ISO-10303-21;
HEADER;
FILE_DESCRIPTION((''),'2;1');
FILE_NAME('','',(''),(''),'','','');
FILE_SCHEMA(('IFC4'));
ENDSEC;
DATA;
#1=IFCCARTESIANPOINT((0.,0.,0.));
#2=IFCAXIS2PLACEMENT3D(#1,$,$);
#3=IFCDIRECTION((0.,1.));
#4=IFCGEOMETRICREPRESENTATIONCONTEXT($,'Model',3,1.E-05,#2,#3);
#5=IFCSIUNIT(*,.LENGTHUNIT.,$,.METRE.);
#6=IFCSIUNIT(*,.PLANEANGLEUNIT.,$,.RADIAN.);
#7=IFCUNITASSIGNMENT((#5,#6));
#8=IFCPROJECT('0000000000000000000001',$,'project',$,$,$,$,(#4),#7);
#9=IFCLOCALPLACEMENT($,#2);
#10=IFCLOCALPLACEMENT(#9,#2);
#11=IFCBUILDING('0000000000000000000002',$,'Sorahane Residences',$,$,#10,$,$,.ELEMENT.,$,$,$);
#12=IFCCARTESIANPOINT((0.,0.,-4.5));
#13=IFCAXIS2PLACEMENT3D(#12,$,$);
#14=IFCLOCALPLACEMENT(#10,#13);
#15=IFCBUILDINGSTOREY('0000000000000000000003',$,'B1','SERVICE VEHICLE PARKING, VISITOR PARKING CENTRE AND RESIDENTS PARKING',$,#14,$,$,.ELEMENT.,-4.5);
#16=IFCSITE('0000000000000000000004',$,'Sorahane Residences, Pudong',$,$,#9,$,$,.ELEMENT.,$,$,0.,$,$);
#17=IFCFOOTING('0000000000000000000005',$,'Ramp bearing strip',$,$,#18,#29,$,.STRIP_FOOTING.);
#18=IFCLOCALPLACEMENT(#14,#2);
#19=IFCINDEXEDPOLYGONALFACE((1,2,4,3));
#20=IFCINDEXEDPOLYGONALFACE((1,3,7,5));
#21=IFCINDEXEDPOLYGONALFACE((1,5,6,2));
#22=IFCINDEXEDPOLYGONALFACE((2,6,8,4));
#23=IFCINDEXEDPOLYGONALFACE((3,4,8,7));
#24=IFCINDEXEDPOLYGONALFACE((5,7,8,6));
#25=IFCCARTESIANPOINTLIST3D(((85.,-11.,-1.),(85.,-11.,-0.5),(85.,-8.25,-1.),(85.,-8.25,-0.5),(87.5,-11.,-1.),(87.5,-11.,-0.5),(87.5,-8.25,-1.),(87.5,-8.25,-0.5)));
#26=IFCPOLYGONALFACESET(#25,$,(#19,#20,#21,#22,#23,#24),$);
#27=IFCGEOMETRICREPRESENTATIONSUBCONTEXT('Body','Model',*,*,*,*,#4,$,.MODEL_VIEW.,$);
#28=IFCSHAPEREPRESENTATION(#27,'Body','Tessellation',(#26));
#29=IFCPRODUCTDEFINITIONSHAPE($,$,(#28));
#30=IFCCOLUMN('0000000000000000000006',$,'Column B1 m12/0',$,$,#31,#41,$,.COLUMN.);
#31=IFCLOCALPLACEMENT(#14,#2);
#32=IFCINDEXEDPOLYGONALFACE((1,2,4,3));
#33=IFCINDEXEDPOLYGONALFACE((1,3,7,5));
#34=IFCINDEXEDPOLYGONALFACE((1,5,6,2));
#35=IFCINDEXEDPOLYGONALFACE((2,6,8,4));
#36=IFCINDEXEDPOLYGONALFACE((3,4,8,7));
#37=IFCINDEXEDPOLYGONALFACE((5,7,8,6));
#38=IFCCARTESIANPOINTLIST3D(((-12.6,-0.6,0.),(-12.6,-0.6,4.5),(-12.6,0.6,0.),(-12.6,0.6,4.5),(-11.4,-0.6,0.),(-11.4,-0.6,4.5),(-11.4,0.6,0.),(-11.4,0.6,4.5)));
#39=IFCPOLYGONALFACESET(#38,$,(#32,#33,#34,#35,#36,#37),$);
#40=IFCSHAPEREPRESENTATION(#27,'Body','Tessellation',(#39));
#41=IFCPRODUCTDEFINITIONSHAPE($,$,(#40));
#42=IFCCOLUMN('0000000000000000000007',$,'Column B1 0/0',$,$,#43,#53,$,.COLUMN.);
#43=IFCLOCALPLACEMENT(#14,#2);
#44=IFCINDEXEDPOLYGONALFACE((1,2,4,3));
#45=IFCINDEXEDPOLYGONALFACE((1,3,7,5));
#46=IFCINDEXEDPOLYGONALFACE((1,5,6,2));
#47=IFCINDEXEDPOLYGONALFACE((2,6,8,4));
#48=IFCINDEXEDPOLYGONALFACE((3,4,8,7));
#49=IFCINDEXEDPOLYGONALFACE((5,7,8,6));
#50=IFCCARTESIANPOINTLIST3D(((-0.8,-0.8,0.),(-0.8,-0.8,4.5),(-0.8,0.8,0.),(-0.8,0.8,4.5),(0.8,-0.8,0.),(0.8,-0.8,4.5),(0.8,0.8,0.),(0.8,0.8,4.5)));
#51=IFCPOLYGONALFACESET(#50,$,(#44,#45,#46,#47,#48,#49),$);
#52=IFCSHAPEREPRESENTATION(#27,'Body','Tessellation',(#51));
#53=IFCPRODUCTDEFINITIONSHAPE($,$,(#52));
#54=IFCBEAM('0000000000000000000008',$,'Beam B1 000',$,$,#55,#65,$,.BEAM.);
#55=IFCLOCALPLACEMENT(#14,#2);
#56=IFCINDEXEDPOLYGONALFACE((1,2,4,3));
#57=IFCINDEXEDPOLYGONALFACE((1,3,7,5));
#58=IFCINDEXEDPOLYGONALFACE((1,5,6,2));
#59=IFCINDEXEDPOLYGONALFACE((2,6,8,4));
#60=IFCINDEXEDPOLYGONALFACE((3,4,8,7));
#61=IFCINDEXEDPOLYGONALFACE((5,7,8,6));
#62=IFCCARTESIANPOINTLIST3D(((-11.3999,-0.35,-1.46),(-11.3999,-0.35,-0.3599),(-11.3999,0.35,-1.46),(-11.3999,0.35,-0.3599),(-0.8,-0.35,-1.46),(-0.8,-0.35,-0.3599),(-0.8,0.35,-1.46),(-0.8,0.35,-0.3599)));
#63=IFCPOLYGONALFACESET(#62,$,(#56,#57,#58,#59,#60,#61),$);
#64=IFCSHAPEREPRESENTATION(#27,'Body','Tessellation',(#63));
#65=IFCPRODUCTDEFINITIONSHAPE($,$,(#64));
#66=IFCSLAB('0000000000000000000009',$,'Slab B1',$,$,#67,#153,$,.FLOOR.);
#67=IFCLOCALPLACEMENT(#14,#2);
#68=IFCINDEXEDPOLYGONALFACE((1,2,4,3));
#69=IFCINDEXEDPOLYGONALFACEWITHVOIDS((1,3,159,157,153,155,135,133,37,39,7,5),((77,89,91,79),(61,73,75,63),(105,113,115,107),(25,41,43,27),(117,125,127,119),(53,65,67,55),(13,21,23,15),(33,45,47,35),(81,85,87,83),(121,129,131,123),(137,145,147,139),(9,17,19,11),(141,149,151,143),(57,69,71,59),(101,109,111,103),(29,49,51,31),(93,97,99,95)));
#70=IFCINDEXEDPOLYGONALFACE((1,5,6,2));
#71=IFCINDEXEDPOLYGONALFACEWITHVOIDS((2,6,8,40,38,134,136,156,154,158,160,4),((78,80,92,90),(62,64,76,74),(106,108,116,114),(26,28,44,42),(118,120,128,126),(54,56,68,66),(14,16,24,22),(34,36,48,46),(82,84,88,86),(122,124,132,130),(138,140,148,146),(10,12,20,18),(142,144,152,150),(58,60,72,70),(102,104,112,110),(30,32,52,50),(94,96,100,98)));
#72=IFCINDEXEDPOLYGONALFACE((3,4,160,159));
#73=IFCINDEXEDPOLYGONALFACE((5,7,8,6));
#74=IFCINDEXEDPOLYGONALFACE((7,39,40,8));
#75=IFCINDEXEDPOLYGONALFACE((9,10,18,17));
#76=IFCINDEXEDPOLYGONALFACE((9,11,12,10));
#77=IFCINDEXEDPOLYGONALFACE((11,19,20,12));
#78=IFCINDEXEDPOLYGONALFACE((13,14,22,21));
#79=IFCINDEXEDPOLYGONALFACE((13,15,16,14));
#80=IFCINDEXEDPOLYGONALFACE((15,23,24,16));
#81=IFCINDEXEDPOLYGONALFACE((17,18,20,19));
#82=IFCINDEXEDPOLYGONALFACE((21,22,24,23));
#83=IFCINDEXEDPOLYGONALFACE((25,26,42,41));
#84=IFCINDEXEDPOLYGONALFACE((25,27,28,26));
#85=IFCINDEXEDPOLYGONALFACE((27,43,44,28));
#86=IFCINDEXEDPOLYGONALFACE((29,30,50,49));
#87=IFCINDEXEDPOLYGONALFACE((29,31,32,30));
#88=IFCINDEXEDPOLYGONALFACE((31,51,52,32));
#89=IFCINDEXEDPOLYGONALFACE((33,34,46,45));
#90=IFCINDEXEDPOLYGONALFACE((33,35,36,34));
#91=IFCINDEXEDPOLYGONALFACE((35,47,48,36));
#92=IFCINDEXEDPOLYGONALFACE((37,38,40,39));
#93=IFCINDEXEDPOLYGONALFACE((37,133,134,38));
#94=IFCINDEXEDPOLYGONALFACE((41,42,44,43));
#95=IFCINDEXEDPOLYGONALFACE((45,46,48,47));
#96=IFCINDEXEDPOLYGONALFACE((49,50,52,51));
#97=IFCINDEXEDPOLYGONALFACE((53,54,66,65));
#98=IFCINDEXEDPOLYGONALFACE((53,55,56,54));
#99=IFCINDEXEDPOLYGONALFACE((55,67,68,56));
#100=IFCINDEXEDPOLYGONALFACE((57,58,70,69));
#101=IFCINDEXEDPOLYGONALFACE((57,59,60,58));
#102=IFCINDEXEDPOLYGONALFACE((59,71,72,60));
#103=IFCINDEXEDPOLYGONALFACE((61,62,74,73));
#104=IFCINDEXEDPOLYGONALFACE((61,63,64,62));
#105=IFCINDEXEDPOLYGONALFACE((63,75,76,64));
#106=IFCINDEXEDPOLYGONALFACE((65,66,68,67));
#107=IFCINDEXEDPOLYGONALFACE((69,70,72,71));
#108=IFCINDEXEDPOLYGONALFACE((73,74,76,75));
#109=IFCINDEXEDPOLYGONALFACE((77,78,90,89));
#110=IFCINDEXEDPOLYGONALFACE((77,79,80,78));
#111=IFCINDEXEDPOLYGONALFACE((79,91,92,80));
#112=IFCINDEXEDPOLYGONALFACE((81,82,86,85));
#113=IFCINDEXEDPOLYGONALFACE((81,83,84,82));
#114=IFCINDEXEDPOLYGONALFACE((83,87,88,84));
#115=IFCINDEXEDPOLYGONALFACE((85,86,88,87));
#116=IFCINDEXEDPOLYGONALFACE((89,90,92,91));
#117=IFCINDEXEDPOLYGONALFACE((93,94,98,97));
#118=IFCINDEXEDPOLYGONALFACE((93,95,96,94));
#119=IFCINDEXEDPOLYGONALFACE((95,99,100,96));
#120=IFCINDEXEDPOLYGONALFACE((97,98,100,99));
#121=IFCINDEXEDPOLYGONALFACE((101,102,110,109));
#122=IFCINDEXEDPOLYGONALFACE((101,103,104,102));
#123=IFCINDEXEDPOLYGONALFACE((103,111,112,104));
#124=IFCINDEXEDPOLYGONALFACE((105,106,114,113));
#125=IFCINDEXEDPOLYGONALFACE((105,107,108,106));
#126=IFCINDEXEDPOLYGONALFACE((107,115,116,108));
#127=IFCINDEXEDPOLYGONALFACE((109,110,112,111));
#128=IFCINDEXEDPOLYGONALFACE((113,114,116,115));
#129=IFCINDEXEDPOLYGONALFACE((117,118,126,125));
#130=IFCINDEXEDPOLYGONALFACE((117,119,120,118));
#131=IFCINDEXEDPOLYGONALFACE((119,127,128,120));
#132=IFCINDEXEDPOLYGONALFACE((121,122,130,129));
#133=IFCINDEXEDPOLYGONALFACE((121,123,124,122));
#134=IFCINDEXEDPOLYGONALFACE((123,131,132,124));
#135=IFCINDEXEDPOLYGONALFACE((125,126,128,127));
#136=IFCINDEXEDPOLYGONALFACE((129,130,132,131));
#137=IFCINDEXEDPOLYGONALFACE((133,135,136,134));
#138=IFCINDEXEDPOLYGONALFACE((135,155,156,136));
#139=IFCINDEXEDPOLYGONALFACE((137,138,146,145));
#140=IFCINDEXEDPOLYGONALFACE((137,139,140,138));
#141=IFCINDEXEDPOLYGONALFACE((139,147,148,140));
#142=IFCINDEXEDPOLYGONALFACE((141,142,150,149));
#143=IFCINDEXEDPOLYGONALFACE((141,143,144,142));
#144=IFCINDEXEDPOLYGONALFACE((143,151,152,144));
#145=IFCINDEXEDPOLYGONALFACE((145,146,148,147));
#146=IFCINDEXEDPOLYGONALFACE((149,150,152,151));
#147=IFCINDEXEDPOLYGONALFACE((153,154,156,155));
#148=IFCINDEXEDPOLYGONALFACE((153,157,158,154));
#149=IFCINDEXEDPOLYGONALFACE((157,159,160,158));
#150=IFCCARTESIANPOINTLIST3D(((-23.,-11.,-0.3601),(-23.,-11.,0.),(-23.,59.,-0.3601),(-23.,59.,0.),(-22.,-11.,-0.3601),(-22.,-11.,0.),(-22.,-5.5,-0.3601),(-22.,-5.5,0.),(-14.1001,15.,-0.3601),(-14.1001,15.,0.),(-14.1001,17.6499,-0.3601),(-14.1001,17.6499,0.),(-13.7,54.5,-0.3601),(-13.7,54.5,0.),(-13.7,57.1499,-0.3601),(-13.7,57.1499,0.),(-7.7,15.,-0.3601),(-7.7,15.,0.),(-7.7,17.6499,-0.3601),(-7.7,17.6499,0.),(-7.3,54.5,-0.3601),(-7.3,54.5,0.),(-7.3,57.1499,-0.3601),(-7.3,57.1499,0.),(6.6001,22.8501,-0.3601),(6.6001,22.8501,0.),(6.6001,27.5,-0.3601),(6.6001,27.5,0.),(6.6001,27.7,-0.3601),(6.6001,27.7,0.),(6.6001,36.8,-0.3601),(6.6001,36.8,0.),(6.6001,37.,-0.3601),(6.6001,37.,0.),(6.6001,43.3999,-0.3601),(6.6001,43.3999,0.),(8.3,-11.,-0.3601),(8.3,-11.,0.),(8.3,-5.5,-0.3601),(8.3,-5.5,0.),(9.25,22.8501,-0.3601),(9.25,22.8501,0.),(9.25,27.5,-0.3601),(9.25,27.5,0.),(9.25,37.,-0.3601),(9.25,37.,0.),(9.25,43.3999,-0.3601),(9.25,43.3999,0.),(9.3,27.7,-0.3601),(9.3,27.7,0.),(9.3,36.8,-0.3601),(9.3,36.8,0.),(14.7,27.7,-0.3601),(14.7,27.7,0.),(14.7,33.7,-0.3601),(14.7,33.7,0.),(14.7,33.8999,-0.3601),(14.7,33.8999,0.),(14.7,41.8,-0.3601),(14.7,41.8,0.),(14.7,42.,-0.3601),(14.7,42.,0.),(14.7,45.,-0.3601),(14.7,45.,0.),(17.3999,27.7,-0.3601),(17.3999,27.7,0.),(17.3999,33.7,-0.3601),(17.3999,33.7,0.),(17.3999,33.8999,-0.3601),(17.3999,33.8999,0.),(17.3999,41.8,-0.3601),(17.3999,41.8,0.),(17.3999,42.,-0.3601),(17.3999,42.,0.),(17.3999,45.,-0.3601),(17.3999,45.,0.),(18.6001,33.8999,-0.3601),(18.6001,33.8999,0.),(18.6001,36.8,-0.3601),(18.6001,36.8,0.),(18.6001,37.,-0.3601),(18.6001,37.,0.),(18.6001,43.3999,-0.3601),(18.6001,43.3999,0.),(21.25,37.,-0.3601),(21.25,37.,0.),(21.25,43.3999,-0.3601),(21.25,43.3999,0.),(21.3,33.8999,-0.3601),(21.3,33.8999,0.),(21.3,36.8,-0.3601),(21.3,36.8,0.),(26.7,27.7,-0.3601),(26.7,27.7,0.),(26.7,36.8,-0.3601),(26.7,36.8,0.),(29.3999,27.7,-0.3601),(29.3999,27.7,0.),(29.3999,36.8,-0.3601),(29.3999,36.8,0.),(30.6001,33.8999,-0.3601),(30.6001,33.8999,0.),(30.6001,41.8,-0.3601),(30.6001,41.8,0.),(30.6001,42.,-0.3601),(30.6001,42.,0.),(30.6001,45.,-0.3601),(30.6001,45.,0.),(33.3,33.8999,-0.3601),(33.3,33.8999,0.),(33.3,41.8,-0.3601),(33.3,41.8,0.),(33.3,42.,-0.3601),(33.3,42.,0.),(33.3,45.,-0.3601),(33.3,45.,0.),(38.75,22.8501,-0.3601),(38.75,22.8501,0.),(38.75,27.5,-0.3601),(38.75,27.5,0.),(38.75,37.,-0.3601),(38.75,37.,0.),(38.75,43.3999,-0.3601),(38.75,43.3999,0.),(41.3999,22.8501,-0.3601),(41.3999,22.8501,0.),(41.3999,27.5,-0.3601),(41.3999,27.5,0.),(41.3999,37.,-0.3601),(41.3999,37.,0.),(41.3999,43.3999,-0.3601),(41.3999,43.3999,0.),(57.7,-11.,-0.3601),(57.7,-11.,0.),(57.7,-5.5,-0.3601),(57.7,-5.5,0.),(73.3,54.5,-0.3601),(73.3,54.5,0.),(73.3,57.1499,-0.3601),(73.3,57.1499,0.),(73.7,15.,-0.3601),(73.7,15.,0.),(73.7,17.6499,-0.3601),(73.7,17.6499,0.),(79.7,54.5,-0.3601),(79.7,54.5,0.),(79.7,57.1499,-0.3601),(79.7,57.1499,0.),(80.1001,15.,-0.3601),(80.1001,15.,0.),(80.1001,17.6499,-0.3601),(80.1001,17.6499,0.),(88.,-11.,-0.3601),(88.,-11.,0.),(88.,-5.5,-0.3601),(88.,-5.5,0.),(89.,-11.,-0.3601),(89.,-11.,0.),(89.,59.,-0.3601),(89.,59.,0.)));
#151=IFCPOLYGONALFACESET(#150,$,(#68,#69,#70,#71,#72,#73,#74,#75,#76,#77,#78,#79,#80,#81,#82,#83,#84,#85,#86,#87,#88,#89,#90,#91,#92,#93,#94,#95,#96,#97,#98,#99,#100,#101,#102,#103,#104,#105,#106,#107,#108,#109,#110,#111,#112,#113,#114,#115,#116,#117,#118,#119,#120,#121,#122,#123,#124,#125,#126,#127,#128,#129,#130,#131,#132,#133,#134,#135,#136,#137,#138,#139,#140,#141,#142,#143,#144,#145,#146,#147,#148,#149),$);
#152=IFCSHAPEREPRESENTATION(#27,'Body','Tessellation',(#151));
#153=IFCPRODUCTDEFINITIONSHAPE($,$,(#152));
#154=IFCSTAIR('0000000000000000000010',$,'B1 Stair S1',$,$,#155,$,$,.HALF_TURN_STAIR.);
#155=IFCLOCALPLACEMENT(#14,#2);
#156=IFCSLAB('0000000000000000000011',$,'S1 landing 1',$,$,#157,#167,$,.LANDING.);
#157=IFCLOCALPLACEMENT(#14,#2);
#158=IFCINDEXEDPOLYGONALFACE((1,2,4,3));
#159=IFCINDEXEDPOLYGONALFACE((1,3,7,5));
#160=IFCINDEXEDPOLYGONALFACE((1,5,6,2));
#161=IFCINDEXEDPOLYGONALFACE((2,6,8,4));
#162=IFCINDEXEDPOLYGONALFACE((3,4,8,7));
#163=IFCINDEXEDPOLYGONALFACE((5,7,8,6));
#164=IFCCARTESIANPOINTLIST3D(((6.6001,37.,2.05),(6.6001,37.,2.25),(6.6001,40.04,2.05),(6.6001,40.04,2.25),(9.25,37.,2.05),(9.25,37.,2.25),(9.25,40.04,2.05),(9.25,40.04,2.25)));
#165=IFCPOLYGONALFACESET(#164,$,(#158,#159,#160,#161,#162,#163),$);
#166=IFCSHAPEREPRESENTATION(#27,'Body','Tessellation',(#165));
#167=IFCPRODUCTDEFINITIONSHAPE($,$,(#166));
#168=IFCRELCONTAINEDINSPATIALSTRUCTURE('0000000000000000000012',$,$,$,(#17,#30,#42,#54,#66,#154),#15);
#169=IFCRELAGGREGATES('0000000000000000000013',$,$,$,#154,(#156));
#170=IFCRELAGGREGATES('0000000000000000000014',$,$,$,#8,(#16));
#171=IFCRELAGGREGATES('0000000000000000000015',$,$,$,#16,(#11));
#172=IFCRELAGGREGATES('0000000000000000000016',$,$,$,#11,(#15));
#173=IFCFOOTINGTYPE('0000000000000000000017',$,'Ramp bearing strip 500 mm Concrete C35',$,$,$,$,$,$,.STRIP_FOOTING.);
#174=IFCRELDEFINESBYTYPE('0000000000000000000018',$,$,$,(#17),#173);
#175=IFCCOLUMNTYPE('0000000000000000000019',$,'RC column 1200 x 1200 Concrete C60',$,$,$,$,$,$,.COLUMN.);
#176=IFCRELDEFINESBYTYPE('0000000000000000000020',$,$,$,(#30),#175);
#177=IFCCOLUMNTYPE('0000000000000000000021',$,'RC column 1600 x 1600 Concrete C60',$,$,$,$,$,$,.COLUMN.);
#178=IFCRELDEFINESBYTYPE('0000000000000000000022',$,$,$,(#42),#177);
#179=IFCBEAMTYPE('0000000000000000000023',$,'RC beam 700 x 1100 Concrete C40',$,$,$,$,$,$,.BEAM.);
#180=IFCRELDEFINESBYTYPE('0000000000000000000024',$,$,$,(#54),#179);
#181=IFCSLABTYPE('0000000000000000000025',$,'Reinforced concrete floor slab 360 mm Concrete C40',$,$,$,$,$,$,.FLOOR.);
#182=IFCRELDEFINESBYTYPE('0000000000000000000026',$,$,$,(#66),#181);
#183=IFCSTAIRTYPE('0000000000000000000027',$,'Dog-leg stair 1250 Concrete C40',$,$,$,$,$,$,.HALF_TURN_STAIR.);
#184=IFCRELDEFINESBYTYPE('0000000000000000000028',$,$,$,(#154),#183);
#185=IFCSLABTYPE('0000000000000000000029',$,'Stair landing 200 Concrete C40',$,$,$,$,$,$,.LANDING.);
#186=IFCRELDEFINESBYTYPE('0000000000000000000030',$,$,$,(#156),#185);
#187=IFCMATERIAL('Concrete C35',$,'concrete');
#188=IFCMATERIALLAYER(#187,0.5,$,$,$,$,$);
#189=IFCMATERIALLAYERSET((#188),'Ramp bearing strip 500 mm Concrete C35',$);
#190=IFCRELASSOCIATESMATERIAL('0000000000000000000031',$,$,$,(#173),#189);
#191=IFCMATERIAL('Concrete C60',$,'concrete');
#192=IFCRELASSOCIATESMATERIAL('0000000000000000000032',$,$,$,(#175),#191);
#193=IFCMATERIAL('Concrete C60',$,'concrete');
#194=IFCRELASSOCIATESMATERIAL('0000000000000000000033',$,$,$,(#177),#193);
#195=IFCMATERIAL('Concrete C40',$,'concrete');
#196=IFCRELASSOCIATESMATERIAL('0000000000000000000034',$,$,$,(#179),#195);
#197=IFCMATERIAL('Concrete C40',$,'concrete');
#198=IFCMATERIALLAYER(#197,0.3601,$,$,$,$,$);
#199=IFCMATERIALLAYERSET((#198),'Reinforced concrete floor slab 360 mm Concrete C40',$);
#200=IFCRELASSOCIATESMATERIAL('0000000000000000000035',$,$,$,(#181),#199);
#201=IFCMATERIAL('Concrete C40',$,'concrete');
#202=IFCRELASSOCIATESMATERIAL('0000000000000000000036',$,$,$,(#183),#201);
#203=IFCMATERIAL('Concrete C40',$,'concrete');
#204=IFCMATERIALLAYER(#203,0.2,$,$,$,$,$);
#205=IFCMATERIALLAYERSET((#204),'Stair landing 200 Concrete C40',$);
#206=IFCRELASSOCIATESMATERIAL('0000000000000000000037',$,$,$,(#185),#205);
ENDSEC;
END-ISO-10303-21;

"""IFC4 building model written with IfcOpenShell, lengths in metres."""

from ifc_helpers import new_model, si_unit, direction, frame, origin, origin_with_axes, origin_2d, place, context, subcontext, project, spatial, polyline, rectangle, outline, extrude, material, layer, layer_set, material_profile, profile_set, type_object, element, aggregate, save


model = new_model("IFC4")

# Units and contexts
model_context = context("Model", 3, precision=1e-05, world=origin(), true_north=direction((0.0, 1.0)))
body_context = subcontext(model_context, "Body", "Model", "MODEL_VIEW")
ifc_project = project(units=[si_unit("LENGTHUNIT", "METRE"), si_unit("PLANEANGLEUNIT", "RADIAN")], contexts=[model_context])

# Site, building, storey
site_placement = place(None, origin())
site = spatial("IfcSite", under=ifc_project, at=site_placement, Name="Sorahane Residences, Pudong", CompositionType="ELEMENT", RefElevation=0.0)
building_placement = place(site_placement, origin())
building = spatial("IfcBuilding", under=site, at=building_placement, Name="Sorahane Residences", CompositionType="ELEMENT")
storey_placement = place(building_placement, frame((0.0, 0.0, -4.5)))
storey = spatial("IfcBuildingStorey", under=building, at=storey_placement, Name="B1", Description="SERVICE VEHICLE PARKING, VISITOR PARKING CENTRE AND RESIDENTS PARKING", CompositionType="ELEMENT", Elevation=-4.5)

# Footing
ifc_material_1 = material(Name="Concrete C35", Category="concrete")
ifc_layer_1 = layer(ifc_material_1, 0.5)
ifc_layer_set_1 = layer_set([ifc_layer_1], Name="Ramp bearing strip 500 mm Concrete C35")
footing_type = type_object("IfcFootingType", Name="Ramp bearing strip 500 mm Concrete C35", PredefinedType="STRIP_FOOTING", material=ifc_layer_set_1)
footing_placement = place(storey_placement, frame((0.0, 0.0, -1.0)))
element("IfcFooting", 1, at=footing_placement, inside=storey, type_object=footing_type, Name="Ramp bearing strip", PredefinedType="STRIP_FOOTING", context=body_context, shape_type="SweptSolid", body=[
    extrude(outline(polyline([(85.0, -11.0), (87.5, -11.0), (87.5, -8.25), (85.0, -8.25), (85.0, -11.0)])), origin(), (0.0, 0.0, 1.0), 0.5),
])

# Columns
ifc_material_2 = material(Name="Concrete C60", Category="concrete")
ifc_material_profile_1 = material_profile(ifc_material_2, rectangle(XDim=1.2, YDim=1.2, at=origin_2d()), Name="1200x1200")
ifc_profile_set_1 = profile_set([ifc_material_profile_1], Name="Concrete C60")
column_type_1 = type_object("IfcColumnType", Name="RC column 1200 x 1200 Concrete C60", PredefinedType="COLUMN", material=ifc_profile_set_1)
column_1_placement = place(storey_placement, frame((-12.0, 0.0, 0.0), z_axis=(0.0, 0.0, 1.0), x_axis=(1.0, 0.0, 0.0)))
element("IfcColumn", 2, at=column_1_placement, inside=storey, type_object=column_type_1, Name="Column B1 m12/0", PredefinedType="COLUMN", context=body_context, shape_type="SweptSolid", body=[
    extrude(rectangle(XDim=1.2, YDim=1.2, at=origin_2d()), origin(), (0.0, 0.0, 1.0), 4.5),
])
ifc_material_3 = material(Name="Concrete C60", Category="concrete")
ifc_material_profile_2 = material_profile(ifc_material_3, rectangle(XDim=1.6001, YDim=1.6001, at=origin_2d()), Name="1600x1600")
ifc_profile_set_2 = profile_set([ifc_material_profile_2], Name="Concrete C60")
column_type_2 = type_object("IfcColumnType", Name="RC column 1600 x 1600 Concrete C60", PredefinedType="COLUMN", material=ifc_profile_set_2)
column_2_placement = place(storey_placement, origin_with_axes())
element("IfcColumn", 3, at=column_2_placement, inside=storey, type_object=column_type_2, Name="Column B1 0/0", PredefinedType="COLUMN", context=body_context, shape_type="SweptSolid", body=[
    extrude(rectangle(XDim=1.6001, YDim=1.6001, at=origin_2d()), origin(), (0.0, 0.0, 1.0), 4.5),
])

# Beam
ifc_material_4 = material(Name="Concrete C40", Category="concrete")
ifc_material_profile_3 = material_profile(ifc_material_4, rectangle(XDim=0.7, YDim=1.1001, at=origin_2d()), Name="700x1100")
ifc_profile_set_3 = profile_set([ifc_material_profile_3], Name="Concrete C40")
beam_type = type_object("IfcBeamType", Name="RC beam 700 x 1100 Concrete C40", PredefinedType="BEAM", material=ifc_profile_set_3)
beam_placement = place(storey_placement, frame((-11.3999, 0.0, -0.9099), z_axis=(1.0, 0.0, 0.0), x_axis=(0.0, 1.0, 0.0)))
element("IfcBeam", 4, at=beam_placement, inside=storey, type_object=beam_type, Name="Beam B1 000", PredefinedType="BEAM", context=body_context, shape_type="SweptSolid", body=[
    extrude(rectangle(XDim=0.7, YDim=1.1001, at=origin_2d()), origin(), (0.0, 0.0, 1.0), 10.5999),
])

# Slab
ifc_material_5 = material(Name="Concrete C40", Category="concrete")
ifc_layer_2 = layer(ifc_material_5, 0.3601)
ifc_layer_set_2 = layer_set([ifc_layer_2], Name="Reinforced concrete floor slab 360 mm Concrete C40")
slab_type_1 = type_object("IfcSlabType", Name="Reinforced concrete floor slab 360 mm Concrete C40", PredefinedType="FLOOR", material=ifc_layer_set_2)
slab_1_placement = place(storey_placement, frame((0.0, 0.0, -0.3601)))
element("IfcSlab", 5, at=slab_1_placement, inside=storey, type_object=slab_type_1, Name="Slab B1", PredefinedType="FLOOR", context=body_context, shape_type="SweptSolid", body=[
    extrude(outline(polyline([(-23.0, -11.0), (-23.0, 59.0), (89.0, 59.0), (89.0, -11.0), (88.0, -11.0), (88.0, -5.5), (57.7, -5.5), (57.7, -11.0), (8.3, -11.0), (8.3, -5.5), (-22.0, -5.5), (-22.0, -11.0), (-23.0, -11.0)]), holes=[polyline([(30.6001, 42.0), (33.3, 42.0), (33.3, 45.0), (30.6001, 45.0), (30.6001, 42.0)]), polyline([(14.7, 27.7), (17.3999, 27.7), (17.3999, 33.7), (14.7, 33.7), (14.7, 27.7)]), polyline([(14.7, 42.0), (17.3999, 42.0), (17.3999, 45.0), (14.7, 45.0), (14.7, 42.0)]), polyline([(6.6001, 27.7), (9.3, 27.7), (9.3, 36.8), (6.6001, 36.8), (6.6001, 27.7)]), polyline([(6.6001, 43.3999), (6.6001, 37.0), (9.25, 37.0), (9.25, 43.3999), (6.6001, 43.3999)]), polyline([(38.75, 43.3999), (38.75, 37.0), (41.3999, 37.0), (41.3999, 43.3999), (38.75, 43.3999)]), polyline([(18.6001, 43.3999), (18.6001, 37.0), (21.25, 37.0), (21.25, 43.3999), (18.6001, 43.3999)]), polyline([(9.25, 22.8501), (9.25, 27.5), (6.6001, 27.5), (6.6001, 22.8501), (9.25, 22.8501)]), polyline([(41.3999, 22.8501), (41.3999, 27.5), (38.75, 27.5), (38.75, 22.8501), (41.3999, 22.8501)]), polyline([(14.7, 33.8999), (17.3999, 33.8999), (17.3999, 41.8), (14.7, 41.8), (14.7, 33.8999)]), polyline([(30.6001, 33.8999), (33.3, 33.8999), (33.3, 41.8), (30.6001, 41.8), (30.6001, 33.8999)]), polyline([(18.6001, 33.8999), (21.3, 33.8999), (21.3, 36.8), (18.6001, 36.8), (18.6001, 33.8999)]), polyline([(26.7, 27.7), (29.3999, 27.7), (29.3999, 36.8), (26.7, 36.8), (26.7, 27.7)]), polyline([(-13.7, 54.5), (-7.3, 54.5), (-7.3, 57.1499), (-13.7, 57.1499), (-13.7, 54.5)]), polyline([(79.7, 57.1499), (73.3, 57.1499), (73.3, 54.5), (79.7, 54.5), (79.7, 57.1499)]), polyline([(-14.1001, 15.0), (-7.7, 15.0), (-7.7, 17.6499), (-14.1001, 17.6499), (-14.1001, 15.0)]), polyline([(80.1001, 17.6499), (73.7, 17.6499), (73.7, 15.0), (80.1001, 15.0), (80.1001, 17.6499)])]), origin(), (0.0, 0.0, 1.0), 0.3601),
])

# Stair, slab
ifc_material_6 = material(Name="Concrete C40", Category="concrete")
stair_type = type_object("IfcStairType", Name="Dog-leg stair 1250 Concrete C40", PredefinedType="HALF_TURN_STAIR", material=ifc_material_6)
stair_1_placement = place(storey_placement, origin())
stair_1 = element("IfcStair", 6, at=stair_1_placement, inside=storey, type_object=stair_type, Name="B1 Stair S1", PredefinedType="HALF_TURN_STAIR")
ifc_material_7 = material(Name="Concrete C40", Category="concrete")
ifc_layer_3 = layer(ifc_material_7, 0.2)
ifc_layer_set_3 = layer_set([ifc_layer_3], Name="Stair landing 200 Concrete C40")
slab_type_2 = type_object("IfcSlabType", Name="Stair landing 200 Concrete C40", PredefinedType="LANDING", material=ifc_layer_set_3)
slab_2_placement = place(storey_placement, frame((0.0, 0.0, 2.05)))
slab_2 = element("IfcSlab", 7, at=slab_2_placement, type_object=slab_type_2, Name="S1 landing 1", PredefinedType="LANDING", context=body_context, shape_type="SweptSolid", body=[
    extrude(outline(polyline([(6.6001, 40.04), (6.6001, 37.0), (9.25, 37.0), (9.25, 40.04), (6.6001, 40.04)])), origin(), (0.0, 0.0, 1.0), 0.2),
])
aggregate(stair_1, [slab_2])

save(model, "model.ifc")
